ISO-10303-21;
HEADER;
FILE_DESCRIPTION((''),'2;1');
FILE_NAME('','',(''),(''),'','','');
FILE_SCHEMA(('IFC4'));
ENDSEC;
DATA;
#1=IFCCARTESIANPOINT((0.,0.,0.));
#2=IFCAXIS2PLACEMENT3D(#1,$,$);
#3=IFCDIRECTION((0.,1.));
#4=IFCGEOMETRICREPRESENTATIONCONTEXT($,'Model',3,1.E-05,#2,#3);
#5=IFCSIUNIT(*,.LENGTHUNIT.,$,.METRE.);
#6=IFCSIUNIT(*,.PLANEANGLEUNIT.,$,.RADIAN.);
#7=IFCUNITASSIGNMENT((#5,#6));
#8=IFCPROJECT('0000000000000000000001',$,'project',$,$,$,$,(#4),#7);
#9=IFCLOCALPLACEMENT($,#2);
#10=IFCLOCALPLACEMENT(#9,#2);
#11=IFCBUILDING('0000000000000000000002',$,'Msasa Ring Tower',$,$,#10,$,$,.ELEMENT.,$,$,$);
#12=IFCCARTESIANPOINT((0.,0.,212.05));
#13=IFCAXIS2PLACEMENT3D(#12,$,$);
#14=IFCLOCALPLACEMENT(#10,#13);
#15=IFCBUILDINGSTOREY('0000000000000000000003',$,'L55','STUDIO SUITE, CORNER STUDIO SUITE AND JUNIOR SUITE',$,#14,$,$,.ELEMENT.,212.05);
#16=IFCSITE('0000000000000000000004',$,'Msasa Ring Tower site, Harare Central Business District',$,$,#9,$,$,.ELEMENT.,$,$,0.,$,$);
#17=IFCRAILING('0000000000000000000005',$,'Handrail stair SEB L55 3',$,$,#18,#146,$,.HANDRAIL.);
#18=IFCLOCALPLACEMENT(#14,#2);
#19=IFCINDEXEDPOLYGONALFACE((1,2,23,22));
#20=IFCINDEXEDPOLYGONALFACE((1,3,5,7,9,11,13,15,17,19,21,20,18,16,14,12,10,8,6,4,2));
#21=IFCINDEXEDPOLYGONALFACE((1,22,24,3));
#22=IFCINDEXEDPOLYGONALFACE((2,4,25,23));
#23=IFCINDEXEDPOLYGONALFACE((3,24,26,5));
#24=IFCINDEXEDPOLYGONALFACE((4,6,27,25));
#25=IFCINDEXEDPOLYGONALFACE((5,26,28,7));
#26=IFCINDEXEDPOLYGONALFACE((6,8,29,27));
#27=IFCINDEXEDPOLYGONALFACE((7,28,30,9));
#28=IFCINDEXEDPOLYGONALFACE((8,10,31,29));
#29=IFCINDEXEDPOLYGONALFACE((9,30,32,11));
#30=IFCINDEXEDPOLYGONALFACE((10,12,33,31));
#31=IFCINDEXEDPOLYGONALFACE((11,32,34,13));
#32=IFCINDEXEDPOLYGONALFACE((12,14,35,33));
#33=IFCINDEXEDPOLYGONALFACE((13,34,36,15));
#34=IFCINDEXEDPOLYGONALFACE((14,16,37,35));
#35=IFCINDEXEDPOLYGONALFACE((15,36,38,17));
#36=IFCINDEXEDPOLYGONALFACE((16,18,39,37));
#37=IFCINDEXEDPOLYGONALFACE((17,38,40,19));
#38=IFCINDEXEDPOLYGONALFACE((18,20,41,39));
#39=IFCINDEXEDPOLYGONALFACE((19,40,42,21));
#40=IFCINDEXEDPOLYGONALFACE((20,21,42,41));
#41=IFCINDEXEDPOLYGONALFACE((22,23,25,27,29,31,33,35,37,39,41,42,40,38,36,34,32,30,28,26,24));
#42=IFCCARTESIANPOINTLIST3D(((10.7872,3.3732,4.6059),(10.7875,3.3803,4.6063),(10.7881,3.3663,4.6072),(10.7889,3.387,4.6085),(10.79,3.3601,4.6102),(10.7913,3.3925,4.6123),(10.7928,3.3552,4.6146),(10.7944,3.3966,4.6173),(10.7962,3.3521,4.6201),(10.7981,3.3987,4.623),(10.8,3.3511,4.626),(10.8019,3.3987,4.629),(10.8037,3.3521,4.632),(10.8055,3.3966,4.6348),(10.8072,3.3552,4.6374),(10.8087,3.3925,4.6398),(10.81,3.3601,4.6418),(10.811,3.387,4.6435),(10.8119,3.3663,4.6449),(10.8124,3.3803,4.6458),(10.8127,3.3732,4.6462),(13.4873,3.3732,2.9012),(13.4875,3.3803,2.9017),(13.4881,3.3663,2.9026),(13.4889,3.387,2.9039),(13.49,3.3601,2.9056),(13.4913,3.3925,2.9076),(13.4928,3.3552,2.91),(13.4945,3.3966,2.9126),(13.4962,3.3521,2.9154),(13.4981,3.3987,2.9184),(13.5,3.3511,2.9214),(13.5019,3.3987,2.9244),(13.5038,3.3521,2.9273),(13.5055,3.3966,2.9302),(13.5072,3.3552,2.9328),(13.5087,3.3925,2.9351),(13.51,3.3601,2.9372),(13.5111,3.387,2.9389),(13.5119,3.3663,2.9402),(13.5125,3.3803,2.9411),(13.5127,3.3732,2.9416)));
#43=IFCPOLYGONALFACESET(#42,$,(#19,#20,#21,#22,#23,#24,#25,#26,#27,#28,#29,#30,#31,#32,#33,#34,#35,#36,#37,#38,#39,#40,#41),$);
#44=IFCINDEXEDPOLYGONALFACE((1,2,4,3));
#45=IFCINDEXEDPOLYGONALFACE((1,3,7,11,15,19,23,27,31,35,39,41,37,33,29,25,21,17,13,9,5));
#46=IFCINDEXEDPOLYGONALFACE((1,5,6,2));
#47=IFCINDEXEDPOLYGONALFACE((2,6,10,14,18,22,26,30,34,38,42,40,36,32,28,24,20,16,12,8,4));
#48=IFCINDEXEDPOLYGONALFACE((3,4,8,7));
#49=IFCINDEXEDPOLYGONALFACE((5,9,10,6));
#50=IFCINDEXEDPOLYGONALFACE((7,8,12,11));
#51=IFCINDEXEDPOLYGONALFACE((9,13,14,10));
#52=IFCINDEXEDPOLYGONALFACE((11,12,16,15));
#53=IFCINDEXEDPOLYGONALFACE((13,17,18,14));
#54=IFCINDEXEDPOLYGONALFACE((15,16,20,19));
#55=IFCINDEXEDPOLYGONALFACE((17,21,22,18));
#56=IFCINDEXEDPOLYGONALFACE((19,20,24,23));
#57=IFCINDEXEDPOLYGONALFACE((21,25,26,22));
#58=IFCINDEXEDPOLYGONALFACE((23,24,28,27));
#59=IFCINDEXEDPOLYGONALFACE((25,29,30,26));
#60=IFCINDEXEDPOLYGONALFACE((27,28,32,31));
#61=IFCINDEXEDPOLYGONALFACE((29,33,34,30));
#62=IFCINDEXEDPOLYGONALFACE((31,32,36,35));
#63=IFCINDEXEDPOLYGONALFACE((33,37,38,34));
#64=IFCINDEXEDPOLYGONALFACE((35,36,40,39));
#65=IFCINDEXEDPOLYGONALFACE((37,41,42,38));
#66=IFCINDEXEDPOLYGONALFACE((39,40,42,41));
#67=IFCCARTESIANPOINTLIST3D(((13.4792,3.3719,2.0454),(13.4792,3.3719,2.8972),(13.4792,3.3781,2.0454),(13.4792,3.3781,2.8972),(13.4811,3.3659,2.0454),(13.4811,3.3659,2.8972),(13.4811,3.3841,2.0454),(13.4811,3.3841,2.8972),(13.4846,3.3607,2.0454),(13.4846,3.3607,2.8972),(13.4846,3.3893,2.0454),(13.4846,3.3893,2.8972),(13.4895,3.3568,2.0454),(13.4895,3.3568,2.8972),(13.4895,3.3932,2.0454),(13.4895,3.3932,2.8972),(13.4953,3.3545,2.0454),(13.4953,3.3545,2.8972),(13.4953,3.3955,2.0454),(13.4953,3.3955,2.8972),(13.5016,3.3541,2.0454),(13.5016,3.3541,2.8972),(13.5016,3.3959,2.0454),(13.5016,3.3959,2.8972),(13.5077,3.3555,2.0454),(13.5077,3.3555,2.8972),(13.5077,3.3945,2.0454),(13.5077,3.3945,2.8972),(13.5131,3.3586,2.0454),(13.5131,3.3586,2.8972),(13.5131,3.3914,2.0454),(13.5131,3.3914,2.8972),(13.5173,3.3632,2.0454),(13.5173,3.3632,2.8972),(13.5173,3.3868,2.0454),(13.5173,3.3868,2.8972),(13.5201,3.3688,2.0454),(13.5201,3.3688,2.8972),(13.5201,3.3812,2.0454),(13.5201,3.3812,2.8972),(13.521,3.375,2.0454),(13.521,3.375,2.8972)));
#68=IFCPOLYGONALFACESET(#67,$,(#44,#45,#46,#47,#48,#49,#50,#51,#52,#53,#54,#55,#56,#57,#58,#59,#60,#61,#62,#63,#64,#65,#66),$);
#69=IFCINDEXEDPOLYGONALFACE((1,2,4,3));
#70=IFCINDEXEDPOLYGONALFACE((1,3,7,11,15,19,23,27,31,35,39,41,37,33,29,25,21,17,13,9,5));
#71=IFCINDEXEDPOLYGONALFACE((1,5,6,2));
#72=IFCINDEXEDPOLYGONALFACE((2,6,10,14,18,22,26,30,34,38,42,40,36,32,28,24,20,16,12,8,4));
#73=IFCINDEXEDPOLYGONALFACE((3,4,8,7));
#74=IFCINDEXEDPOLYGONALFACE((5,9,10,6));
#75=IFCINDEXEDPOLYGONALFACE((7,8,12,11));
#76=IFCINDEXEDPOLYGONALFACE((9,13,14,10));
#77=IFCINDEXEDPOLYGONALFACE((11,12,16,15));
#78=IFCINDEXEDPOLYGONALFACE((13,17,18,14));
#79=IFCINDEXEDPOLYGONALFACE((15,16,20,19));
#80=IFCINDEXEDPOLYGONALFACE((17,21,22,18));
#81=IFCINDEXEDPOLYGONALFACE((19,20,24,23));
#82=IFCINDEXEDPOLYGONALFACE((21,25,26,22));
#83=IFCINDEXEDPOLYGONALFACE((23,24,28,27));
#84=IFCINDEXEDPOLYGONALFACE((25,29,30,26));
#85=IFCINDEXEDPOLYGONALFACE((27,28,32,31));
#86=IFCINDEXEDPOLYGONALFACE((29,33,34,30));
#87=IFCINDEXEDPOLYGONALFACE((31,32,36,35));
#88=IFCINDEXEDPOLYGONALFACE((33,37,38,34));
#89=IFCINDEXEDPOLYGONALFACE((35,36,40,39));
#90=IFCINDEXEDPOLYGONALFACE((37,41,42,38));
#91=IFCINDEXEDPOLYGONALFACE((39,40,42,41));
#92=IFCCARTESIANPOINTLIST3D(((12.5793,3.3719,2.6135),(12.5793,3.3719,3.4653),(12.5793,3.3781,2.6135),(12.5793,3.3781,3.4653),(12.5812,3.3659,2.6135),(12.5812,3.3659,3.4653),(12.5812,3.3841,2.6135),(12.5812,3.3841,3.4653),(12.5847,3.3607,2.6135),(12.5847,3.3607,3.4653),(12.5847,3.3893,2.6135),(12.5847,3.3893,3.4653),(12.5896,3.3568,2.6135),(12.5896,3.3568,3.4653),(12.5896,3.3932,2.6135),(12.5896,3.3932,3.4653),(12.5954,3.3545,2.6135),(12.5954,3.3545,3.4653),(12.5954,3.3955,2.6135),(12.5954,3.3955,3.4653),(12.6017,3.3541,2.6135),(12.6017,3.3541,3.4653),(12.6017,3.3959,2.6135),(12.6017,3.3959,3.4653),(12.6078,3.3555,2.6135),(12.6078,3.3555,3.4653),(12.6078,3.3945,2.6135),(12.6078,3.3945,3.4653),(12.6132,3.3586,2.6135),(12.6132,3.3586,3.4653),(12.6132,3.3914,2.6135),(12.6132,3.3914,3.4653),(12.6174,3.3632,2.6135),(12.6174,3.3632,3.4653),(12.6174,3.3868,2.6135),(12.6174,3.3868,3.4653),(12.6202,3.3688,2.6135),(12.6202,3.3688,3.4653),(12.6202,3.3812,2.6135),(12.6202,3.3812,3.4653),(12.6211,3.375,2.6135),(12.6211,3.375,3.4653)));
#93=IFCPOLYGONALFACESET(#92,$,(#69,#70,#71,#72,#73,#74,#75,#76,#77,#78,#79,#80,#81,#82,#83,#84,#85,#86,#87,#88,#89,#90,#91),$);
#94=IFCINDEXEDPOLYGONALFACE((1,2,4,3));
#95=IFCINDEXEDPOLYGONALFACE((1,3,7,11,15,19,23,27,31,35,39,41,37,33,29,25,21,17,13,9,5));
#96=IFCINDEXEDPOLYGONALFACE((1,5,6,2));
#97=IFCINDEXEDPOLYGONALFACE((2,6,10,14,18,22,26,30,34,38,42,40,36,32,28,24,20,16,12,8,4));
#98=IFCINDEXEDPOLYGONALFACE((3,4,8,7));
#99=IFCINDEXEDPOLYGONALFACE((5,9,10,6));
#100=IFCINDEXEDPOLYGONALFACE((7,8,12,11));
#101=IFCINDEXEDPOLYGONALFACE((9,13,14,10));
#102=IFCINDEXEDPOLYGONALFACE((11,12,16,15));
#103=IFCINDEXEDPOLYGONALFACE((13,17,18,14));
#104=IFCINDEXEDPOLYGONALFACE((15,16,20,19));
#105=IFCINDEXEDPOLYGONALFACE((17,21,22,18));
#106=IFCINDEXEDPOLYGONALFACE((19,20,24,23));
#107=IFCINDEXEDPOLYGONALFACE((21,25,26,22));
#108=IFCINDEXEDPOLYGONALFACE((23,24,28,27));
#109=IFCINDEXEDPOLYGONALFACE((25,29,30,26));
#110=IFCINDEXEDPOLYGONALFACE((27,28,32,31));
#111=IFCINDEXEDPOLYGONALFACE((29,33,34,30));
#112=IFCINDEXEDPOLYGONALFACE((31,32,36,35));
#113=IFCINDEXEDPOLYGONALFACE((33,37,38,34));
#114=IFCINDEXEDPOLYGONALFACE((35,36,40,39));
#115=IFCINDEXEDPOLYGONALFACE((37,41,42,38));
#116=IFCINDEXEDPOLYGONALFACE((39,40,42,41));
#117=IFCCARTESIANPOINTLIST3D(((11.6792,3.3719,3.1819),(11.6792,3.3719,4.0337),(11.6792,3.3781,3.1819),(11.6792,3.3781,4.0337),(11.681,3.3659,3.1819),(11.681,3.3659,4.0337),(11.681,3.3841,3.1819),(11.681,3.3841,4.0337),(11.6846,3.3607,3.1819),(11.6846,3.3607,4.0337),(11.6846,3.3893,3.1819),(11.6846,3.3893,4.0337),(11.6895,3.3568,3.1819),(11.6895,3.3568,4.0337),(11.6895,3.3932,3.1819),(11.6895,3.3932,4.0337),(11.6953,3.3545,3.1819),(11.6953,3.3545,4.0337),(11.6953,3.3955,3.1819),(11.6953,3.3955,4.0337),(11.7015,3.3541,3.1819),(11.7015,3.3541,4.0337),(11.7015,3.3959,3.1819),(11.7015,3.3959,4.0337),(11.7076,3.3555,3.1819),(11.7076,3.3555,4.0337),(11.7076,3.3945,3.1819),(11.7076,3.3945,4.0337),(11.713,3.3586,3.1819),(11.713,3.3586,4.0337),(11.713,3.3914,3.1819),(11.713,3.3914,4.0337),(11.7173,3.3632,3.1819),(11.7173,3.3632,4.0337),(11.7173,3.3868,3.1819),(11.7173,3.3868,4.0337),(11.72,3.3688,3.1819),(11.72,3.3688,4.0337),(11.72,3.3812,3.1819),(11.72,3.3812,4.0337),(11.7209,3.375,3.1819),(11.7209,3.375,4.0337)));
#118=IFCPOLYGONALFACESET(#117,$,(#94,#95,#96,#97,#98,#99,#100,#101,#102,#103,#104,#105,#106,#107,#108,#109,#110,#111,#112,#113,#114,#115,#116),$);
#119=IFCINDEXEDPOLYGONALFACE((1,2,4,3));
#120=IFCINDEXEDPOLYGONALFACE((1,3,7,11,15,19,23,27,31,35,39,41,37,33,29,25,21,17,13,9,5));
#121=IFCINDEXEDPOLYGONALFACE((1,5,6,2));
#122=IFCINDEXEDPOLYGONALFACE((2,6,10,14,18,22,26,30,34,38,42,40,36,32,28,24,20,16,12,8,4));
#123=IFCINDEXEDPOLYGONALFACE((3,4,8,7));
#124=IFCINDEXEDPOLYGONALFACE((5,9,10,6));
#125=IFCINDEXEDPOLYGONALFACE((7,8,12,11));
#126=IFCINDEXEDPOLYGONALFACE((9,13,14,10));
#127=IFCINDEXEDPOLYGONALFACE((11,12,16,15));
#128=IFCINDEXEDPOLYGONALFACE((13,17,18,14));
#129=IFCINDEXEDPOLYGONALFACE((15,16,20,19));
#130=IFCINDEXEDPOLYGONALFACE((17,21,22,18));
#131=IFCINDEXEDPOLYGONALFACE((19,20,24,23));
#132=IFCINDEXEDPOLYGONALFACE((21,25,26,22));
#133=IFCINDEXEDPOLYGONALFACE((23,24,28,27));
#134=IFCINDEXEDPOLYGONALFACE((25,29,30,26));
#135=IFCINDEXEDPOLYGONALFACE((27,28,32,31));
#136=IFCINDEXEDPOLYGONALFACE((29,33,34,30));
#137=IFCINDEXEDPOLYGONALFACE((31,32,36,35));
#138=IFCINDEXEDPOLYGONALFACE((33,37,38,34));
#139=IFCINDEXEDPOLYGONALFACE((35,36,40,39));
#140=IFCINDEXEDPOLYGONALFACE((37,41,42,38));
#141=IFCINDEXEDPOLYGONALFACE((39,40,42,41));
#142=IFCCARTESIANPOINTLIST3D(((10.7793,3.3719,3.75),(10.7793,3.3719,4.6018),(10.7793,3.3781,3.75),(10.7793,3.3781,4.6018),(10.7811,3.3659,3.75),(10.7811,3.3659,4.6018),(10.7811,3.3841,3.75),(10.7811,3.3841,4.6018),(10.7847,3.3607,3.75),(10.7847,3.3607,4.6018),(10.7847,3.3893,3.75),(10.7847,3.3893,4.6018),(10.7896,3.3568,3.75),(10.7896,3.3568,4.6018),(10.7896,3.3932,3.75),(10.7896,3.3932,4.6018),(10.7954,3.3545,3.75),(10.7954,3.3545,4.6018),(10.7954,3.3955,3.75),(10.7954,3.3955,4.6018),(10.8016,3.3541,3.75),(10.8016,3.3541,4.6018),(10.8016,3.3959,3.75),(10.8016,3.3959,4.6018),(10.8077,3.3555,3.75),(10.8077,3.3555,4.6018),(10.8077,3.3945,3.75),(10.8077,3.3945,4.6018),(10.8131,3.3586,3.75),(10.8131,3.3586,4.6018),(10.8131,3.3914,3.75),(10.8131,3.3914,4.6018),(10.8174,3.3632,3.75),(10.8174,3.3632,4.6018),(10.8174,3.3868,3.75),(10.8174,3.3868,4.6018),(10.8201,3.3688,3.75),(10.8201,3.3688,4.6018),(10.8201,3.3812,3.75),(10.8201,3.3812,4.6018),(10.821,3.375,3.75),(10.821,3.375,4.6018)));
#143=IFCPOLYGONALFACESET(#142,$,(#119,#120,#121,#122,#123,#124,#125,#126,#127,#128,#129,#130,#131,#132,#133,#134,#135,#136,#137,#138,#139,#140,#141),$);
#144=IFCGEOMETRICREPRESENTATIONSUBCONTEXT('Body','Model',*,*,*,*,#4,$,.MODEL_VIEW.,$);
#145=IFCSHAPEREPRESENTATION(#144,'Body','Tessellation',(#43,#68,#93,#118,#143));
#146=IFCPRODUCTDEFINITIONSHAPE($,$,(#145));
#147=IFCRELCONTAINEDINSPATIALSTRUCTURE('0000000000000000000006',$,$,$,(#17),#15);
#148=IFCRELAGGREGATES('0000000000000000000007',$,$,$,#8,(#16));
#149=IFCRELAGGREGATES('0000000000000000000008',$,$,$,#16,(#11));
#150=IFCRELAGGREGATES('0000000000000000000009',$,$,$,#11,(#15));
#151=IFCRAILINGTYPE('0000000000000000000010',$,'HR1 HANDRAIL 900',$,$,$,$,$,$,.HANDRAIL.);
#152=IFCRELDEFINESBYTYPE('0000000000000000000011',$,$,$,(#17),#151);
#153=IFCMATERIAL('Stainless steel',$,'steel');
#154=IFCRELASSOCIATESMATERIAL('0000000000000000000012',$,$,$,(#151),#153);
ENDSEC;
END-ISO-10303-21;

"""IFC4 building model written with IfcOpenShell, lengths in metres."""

from ifc_helpers import new_model, si_unit, direction, frame, origin, origin_2d, place, context, subcontext, project, spatial, circle, extrude, material, type_object, element, save


model = new_model("IFC4")

# Units and contexts
model_context = context("Model", 3, precision=1e-05, world=origin(), true_north=direction((0.0, 1.0)))
body_context = subcontext(model_context, "Body", "Model", "MODEL_VIEW")
ifc_project = project(units=[si_unit("LENGTHUNIT", "METRE"), si_unit("PLANEANGLEUNIT", "RADIAN")], contexts=[model_context])

# Site, building, storey
site_placement = place(None, origin())
site = spatial("IfcSite", under=ifc_project, at=site_placement, Name="Msasa Ring Tower site, Harare Central Business District", CompositionType="ELEMENT", RefElevation=0.0)
building_placement = place(site_placement, origin())
building = spatial("IfcBuilding", under=site, at=building_placement, Name="Msasa Ring Tower", CompositionType="ELEMENT")
storey_placement = place(building_placement, frame((0.0, 0.0, 212.05)))
storey = spatial("IfcBuildingStorey", under=building, at=storey_placement, Name="L55", Description="STUDIO SUITE, CORNER STUDIO SUITE AND JUNIOR SUITE", CompositionType="ELEMENT", Elevation=212.05)

# Railing
ifc_material_1 = material(Name="Stainless steel", Category="steel")
railing_type = type_object("IfcRailingType", Name="HR1 HANDRAIL 900", PredefinedType="HANDRAIL", material=ifc_material_1)
for number, where, name in (
    (1, (13.5, 3.375, 2.0454), "Handrail stair SEB L55 3"),
):
    element("IfcRailing", number, at=place(storey_placement, frame(where)), inside=storey, type_object=railing_type, Name=name, PredefinedType="HANDRAIL", context=body_context, shape_type="SweptSolid", body=[
        extrude(circle(Radius=0.0239, at=origin_2d()), frame((0.0, 0.0, 0.876), z_axis=(-0.84558, 0.0, 0.533849), x_axis=(0.0, -1.0, 0.0)), (0.0, 0.0, 1.0), 3.1931),
        extrude(circle(Radius=0.021, at=origin_2d()), origin(), (0.0, 0.0, 1.0), 0.8518),
        extrude(circle(Radius=0.021, at=origin_2d()), frame((-0.8999, 0.0, 0.5681)), (0.0, 0.0, 1.0), 0.8518),
        extrude(circle(Radius=0.021, at=origin_2d()), frame((-1.8, 0.0, 1.1365)), (0.0, 0.0, 1.0), 0.8518),
        extrude(circle(Radius=0.021, at=origin_2d()), frame((-2.7, 0.0, 1.7046)), (0.0, 0.0, 1.0), 0.8518),
    ])

save(model, "model.ifc")
